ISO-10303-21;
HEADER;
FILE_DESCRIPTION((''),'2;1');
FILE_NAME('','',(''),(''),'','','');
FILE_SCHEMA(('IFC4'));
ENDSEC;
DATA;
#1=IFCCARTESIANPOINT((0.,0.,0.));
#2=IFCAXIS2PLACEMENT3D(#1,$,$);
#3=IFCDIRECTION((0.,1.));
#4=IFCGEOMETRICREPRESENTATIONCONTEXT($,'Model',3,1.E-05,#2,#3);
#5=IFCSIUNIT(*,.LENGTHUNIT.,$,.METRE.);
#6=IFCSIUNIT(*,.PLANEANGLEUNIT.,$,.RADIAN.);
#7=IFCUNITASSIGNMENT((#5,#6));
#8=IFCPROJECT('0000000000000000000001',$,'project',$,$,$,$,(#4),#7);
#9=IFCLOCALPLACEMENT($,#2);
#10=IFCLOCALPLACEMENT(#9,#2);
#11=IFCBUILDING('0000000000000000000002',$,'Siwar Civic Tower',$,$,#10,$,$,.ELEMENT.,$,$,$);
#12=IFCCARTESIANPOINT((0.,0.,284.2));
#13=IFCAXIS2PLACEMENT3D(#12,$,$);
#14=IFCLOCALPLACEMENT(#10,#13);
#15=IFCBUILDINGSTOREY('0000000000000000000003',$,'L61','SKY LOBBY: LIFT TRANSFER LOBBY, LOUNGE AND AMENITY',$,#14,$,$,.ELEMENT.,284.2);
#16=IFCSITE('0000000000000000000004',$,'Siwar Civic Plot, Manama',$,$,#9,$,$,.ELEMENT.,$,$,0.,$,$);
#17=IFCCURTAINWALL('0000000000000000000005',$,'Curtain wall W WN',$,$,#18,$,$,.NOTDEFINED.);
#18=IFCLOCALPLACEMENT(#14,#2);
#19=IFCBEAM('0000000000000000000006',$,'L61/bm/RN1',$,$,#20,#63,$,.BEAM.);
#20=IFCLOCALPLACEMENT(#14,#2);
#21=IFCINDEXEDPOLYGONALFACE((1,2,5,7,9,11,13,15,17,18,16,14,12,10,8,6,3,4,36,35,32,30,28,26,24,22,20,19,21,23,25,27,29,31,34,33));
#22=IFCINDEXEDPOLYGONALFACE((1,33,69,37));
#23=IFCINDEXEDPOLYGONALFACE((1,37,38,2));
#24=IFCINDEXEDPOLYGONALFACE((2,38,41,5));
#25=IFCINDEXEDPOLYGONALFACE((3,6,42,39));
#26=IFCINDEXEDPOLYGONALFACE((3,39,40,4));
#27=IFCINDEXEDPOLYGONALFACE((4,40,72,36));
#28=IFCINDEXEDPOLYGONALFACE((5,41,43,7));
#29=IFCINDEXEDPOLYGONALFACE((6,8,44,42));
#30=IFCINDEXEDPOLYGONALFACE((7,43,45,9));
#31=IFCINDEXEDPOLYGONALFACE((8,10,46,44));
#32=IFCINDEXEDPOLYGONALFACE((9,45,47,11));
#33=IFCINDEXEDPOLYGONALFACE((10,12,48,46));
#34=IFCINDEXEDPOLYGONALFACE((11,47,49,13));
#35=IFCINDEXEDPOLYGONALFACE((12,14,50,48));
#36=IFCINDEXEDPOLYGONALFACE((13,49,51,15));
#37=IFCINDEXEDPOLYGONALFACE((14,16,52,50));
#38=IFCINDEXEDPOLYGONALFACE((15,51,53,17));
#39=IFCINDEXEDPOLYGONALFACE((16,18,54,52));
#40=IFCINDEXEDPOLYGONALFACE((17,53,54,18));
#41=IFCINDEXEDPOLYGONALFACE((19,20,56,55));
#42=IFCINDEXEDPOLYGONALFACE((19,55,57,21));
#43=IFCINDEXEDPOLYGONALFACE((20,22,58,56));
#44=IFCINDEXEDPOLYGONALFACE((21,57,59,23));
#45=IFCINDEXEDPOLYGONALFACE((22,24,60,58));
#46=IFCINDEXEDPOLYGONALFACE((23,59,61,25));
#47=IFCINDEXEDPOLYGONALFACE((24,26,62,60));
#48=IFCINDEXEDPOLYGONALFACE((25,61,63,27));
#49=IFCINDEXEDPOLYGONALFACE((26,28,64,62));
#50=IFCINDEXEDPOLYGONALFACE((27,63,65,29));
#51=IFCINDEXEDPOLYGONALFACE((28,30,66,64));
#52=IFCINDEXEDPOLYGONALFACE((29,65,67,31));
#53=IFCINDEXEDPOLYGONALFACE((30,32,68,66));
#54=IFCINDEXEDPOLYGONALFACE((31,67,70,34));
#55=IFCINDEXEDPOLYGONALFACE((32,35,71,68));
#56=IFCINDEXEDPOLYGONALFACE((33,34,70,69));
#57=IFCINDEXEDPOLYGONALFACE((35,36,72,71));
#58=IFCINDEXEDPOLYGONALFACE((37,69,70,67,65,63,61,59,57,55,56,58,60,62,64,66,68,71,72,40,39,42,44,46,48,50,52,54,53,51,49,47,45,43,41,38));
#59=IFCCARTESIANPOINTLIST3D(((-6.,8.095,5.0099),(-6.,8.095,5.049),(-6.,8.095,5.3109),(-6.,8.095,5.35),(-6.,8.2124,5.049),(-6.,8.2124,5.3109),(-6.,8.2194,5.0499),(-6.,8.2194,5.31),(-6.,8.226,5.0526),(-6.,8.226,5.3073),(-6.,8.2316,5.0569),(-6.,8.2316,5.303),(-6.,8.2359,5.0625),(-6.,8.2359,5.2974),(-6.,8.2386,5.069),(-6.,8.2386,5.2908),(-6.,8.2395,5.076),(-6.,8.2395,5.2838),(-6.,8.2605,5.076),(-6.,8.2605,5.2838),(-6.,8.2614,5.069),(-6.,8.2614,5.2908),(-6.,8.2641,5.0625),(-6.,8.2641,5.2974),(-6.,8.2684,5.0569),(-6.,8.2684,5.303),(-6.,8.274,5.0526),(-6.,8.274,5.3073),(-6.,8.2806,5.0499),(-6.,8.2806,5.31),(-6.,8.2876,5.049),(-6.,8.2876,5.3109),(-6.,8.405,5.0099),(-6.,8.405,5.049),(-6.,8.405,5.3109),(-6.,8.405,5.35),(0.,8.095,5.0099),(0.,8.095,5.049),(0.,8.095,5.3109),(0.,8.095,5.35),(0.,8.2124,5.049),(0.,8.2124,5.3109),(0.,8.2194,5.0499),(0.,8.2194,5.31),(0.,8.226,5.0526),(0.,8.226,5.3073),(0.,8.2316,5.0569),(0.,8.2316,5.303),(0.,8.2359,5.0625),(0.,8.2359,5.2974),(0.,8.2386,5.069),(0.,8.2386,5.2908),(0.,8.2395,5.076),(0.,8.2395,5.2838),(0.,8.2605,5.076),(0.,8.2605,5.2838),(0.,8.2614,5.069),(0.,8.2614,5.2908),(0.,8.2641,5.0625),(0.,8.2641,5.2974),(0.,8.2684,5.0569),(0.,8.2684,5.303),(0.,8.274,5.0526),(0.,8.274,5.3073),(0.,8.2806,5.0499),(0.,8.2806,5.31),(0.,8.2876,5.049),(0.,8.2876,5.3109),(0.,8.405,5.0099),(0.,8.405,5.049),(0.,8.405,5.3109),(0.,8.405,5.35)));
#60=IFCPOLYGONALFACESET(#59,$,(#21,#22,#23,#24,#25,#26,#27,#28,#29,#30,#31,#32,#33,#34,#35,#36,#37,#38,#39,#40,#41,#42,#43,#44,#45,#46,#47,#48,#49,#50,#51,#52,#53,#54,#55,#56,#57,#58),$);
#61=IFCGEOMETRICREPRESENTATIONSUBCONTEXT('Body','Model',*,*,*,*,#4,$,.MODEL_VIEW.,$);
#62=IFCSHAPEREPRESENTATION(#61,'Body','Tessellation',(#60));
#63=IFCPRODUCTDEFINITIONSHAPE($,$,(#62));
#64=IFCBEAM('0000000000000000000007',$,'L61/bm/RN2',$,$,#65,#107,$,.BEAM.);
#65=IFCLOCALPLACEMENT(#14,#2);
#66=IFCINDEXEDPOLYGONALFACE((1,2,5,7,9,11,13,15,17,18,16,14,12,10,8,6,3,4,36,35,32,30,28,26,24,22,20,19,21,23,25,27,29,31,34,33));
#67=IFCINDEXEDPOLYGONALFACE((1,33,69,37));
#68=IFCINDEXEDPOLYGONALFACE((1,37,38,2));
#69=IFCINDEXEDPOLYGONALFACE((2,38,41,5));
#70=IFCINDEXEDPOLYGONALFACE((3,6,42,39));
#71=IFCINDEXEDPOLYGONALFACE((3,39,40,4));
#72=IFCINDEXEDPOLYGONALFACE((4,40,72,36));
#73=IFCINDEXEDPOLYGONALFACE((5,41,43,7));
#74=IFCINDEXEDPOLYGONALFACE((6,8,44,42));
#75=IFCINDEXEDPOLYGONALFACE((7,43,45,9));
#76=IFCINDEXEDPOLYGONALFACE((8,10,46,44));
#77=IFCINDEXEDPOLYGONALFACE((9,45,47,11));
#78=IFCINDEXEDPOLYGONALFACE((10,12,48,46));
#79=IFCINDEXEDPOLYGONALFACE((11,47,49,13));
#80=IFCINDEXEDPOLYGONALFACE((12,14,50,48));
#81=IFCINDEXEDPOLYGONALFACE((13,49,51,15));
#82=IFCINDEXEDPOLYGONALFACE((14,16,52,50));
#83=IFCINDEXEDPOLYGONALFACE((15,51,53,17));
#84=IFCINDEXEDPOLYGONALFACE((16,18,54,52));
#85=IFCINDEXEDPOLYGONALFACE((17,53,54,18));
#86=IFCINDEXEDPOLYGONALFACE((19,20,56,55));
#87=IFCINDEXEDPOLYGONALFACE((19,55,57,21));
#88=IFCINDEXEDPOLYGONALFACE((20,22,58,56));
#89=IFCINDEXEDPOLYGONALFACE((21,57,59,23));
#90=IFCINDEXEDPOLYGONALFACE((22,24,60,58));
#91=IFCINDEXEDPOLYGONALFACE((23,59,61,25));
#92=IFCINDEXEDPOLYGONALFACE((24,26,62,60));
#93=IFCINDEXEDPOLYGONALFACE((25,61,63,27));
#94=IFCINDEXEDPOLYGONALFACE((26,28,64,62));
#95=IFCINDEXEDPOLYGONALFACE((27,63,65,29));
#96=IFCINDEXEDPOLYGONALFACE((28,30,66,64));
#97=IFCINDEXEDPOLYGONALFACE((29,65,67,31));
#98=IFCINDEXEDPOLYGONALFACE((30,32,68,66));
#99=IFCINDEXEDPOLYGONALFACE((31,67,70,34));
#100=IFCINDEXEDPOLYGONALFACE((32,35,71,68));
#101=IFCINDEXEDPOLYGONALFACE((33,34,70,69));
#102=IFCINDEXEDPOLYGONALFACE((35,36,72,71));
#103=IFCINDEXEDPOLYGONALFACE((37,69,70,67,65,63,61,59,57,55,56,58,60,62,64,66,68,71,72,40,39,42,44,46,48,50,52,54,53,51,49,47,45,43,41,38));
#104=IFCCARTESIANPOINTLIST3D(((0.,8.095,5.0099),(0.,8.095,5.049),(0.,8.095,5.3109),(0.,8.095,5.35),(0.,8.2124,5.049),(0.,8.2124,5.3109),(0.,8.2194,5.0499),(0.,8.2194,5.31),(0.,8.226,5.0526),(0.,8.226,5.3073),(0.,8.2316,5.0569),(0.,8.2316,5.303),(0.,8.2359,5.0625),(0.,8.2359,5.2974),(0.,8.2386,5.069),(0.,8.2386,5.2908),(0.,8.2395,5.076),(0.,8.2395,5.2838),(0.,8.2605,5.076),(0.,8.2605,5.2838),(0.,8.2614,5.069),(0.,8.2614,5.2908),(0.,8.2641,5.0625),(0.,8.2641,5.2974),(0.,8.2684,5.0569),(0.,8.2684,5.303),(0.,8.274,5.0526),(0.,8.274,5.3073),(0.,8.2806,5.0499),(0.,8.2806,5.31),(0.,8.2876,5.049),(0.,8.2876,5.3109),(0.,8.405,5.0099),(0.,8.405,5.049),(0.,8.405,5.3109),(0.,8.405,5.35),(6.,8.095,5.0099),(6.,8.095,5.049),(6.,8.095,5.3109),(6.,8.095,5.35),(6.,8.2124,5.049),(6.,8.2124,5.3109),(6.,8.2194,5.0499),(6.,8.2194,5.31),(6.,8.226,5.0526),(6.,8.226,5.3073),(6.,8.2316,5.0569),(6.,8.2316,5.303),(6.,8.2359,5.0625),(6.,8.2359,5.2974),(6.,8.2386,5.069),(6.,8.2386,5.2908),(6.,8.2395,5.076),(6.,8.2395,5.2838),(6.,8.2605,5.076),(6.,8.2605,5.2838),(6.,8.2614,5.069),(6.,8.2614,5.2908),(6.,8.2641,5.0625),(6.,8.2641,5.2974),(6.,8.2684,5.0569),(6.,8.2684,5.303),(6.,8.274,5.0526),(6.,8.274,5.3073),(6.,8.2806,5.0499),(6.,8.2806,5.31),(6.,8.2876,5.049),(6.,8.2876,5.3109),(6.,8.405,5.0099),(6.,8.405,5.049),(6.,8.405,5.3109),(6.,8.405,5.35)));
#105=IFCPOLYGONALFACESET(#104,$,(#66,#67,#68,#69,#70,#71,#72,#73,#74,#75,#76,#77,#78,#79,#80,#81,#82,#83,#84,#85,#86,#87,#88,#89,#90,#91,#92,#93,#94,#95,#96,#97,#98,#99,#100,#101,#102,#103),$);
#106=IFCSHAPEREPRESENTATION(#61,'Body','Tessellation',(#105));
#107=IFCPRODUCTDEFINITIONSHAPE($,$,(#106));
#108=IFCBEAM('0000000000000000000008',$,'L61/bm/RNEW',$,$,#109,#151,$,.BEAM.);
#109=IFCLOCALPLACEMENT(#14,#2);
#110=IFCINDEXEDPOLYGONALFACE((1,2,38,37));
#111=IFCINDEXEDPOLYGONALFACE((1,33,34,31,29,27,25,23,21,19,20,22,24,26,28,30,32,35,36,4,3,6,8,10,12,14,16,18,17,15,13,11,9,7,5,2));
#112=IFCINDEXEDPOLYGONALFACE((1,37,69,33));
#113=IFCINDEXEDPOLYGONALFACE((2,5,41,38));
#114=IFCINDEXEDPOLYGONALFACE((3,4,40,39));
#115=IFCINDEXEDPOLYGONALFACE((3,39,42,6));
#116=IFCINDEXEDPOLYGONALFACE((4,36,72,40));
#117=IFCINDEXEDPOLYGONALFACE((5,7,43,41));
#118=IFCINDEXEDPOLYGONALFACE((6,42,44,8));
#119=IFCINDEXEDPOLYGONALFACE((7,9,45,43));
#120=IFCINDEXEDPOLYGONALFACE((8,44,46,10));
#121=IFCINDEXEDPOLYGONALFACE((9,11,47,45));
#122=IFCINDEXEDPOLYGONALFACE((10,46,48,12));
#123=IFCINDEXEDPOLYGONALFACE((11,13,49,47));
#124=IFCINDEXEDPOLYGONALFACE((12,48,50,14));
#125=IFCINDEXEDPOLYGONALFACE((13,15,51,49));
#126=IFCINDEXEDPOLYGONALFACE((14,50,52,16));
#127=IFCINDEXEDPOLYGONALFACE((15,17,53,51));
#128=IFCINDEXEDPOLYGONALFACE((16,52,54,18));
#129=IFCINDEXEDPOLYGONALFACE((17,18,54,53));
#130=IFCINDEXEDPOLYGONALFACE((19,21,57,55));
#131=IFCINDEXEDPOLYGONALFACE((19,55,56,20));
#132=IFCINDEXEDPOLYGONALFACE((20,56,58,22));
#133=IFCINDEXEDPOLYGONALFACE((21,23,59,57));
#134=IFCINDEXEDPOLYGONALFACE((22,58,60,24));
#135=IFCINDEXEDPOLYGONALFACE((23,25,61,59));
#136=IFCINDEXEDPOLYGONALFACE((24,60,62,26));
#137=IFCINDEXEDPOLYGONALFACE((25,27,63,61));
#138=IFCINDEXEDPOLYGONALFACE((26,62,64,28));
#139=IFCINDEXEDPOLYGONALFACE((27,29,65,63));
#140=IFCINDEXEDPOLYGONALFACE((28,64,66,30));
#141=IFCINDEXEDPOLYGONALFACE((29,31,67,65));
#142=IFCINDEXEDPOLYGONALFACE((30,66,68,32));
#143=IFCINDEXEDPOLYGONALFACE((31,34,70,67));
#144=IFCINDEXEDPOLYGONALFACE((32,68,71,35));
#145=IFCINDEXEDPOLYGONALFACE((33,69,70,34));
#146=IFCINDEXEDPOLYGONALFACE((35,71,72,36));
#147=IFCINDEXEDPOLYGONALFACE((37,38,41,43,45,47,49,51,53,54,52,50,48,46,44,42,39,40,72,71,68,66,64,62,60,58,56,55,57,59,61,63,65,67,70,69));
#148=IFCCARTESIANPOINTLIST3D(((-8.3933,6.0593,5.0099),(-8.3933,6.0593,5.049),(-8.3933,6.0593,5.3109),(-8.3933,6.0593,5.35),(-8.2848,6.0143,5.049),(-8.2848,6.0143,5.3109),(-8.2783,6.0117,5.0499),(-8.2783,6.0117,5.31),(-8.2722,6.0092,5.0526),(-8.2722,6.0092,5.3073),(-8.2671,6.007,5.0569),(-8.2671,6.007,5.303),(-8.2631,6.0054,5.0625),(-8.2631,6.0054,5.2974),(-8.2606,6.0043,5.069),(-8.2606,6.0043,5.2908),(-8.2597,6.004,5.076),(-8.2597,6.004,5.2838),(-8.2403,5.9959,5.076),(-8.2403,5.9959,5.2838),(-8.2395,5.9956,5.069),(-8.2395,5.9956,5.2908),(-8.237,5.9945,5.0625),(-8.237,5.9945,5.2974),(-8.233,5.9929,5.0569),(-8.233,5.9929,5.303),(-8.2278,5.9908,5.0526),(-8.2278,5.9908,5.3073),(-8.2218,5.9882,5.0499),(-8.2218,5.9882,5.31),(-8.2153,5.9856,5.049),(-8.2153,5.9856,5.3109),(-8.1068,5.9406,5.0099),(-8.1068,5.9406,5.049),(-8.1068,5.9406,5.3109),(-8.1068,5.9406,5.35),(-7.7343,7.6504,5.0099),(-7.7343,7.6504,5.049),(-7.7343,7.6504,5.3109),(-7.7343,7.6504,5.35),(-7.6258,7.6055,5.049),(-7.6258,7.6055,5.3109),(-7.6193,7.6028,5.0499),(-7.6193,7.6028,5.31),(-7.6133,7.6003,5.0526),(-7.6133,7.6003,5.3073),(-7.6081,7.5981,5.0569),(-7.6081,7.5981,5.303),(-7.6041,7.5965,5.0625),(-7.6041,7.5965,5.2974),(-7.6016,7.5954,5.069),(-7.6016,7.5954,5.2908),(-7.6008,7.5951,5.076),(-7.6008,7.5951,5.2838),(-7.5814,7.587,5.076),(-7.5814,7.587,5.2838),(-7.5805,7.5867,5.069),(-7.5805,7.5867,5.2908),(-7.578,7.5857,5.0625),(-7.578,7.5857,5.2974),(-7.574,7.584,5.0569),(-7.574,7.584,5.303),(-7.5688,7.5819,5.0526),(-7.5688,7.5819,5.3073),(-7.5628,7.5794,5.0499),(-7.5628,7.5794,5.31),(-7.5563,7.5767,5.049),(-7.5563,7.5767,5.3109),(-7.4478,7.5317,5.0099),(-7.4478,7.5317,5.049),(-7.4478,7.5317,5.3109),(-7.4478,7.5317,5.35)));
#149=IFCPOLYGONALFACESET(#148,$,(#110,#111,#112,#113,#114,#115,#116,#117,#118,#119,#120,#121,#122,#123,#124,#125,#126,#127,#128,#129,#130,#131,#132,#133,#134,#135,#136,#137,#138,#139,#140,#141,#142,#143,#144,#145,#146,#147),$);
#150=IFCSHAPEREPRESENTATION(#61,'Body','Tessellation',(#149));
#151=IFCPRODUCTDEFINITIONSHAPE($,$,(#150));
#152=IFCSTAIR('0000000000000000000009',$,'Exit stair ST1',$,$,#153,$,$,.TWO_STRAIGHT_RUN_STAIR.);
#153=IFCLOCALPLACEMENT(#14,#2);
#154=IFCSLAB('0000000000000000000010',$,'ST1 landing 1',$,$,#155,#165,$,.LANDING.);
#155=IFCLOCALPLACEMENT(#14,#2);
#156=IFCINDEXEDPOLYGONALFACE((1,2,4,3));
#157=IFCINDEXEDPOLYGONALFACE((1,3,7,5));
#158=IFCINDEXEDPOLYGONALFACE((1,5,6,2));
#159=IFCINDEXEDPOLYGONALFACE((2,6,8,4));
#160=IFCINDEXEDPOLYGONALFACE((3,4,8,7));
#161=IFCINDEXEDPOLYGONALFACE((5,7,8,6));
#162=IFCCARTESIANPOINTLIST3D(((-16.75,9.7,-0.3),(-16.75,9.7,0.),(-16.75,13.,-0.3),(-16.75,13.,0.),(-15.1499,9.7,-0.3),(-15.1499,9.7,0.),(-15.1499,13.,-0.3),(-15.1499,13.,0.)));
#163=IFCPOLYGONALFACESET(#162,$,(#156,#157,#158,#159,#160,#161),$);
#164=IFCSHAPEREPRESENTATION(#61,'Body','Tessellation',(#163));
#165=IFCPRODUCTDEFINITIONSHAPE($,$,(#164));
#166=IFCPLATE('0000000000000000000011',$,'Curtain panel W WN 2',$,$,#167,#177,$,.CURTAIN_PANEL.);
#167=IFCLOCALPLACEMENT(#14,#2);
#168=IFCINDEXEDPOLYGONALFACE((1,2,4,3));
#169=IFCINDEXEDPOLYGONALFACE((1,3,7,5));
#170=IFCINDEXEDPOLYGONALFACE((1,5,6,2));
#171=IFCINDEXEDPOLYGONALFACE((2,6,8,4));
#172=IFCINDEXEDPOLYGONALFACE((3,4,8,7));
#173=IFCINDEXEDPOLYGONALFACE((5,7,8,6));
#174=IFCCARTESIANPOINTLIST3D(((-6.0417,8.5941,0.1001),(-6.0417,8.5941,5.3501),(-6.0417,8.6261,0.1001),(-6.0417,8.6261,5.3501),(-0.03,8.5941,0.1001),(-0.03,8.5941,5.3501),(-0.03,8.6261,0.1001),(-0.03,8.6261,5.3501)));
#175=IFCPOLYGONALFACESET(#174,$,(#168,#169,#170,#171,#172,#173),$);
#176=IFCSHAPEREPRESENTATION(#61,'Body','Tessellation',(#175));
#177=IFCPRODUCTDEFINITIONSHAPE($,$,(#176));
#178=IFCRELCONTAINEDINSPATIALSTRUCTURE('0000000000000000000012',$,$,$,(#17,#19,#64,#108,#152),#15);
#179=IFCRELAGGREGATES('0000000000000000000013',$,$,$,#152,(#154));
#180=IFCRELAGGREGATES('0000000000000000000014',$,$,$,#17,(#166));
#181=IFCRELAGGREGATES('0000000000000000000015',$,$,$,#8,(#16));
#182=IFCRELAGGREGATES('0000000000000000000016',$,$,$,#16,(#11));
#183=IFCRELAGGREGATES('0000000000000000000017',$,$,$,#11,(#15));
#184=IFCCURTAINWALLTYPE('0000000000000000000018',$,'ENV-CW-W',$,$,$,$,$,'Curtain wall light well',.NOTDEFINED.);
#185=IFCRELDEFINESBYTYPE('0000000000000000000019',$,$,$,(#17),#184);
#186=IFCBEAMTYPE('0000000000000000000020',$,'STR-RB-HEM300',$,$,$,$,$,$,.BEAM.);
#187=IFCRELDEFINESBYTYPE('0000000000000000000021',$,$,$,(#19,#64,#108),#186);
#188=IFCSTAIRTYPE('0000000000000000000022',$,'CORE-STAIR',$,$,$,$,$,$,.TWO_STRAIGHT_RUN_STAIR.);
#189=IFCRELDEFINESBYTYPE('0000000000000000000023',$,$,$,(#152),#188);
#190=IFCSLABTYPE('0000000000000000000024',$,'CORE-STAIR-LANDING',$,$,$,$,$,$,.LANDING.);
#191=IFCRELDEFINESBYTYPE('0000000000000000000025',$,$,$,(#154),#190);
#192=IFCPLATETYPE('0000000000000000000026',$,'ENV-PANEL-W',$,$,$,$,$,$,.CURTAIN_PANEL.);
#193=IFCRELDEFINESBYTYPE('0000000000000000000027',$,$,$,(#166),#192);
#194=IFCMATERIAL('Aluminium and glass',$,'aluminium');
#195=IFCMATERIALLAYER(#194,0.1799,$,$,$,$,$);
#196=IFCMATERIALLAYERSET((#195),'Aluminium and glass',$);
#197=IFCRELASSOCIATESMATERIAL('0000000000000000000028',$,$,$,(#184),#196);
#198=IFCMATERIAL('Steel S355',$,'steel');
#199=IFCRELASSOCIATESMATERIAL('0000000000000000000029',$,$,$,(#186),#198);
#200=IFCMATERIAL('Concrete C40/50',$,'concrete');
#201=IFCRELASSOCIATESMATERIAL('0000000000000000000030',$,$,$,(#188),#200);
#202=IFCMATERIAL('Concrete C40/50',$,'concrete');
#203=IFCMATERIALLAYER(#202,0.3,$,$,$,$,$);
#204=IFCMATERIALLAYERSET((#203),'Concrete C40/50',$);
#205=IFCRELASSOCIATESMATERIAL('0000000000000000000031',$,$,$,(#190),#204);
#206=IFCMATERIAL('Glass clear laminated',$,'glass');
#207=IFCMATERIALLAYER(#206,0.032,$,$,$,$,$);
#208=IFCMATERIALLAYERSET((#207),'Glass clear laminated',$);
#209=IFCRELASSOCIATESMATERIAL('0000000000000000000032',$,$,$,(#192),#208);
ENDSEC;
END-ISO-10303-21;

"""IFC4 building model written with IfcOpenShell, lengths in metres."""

from ifc_helpers import new_model, si_unit, direction, frame, origin, origin_2d, place, context, subcontext, project, spatial, polyline, rectangle, i_section, outline, extrude, material, layer, layer_set, material_profile, profile_set, type_object, element, aggregate, save


model = new_model("IFC4")

# Units and contexts
model_context = context("Model", 3, precision=1e-05, world=origin(), true_north=direction((0.0, 1.0)))
body_context = subcontext(model_context, "Body", "Model", "MODEL_VIEW")
ifc_project = project(units=[si_unit("LENGTHUNIT", "METRE"), si_unit("PLANEANGLEUNIT", "RADIAN")], contexts=[model_context])

# Site, building, storey
site_placement = place(None, origin())
site = spatial("IfcSite", under=ifc_project, at=site_placement, Name="Siwar Civic Plot, Manama", CompositionType="ELEMENT", RefElevation=0.0)
building_placement = place(site_placement, origin())
building = spatial("IfcBuilding", under=site, at=building_placement, Name="Siwar Civic Tower", CompositionType="ELEMENT")
storey_placement = place(building_placement, frame((0.0, 0.0, 284.2)))
storey = spatial("IfcBuildingStorey", under=building, at=storey_placement, Name="L61", Description="SKY LOBBY: LIFT TRANSFER LOBBY, LOUNGE AND AMENITY", CompositionType="ELEMENT", Elevation=284.2)

# Curtain wall
ifc_material_1 = material(Name="Aluminium and glass", Category="aluminium")
ifc_layer_1 = layer(ifc_material_1, 0.1799)
ifc_layer_set_1 = layer_set([ifc_layer_1], Name="Aluminium and glass")
curtain_wall_type = type_object("IfcCurtainWallType", Name="ENV-CW-W", ElementType="Curtain wall light well", PredefinedType="NOTDEFINED", material=ifc_layer_set_1)
curtain_wall_placement = place(storey_placement, origin())
curtain_wall = element("IfcCurtainWall", 1, at=curtain_wall_placement, inside=storey, type_object=curtain_wall_type, Name="Curtain wall W WN", PredefinedType="NOTDEFINED")

# Beams
ifc_material_2 = material(Name="Steel S355", Category="steel")
ifc_material_profile_1 = material_profile(ifc_material_2, i_section(OverallWidth=0.3101, OverallDepth=0.3401, WebThickness=0.021, FlangeThickness=0.0391, FilletRadius=0.0271, at=origin_2d()), Name="HEM300")
ifc_profile_set_1 = profile_set([ifc_material_profile_1], Name="Steel S355")
beam_type_1 = type_object("IfcBeamType", Name="STR-RB-HEM300", PredefinedType="BEAM", material=ifc_profile_set_1)
for number, where, z_axis, x_axis, name in (
    (2, (-6.0, 8.25, 5.1799), (1.0, 0.0, 0.0), (0.0, 1.0, 0.0), "L61/bm/RN1"),
    (3, (0.0, 8.25, 5.1799), (1.0, 0.0, 0.0), (0.0, 1.0, 0.0), "L61/bm/RN2"),
):
    element("IfcBeam", number, at=place(storey_placement, frame(where, z_axis=z_axis, x_axis=x_axis)), inside=storey, type_object=beam_type_1, Name=name, PredefinedType="BEAM", context=body_context, shape_type="SweptSolid", body=[
        extrude(i_section(OverallWidth=0.3101, OverallDepth=0.3401, WebThickness=0.021, FlangeThickness=0.0391, FilletRadius=0.0271, at=origin_2d()), origin(), (0.0, 0.0, 1.0), 6.0),
    ])
beam_1_placement = place(storey_placement, frame((-7.5911, 7.5911, 5.1799), z_axis=(-0.382631, -0.923901, 0.0), x_axis=(0.923901, -0.382631, 0.0)))
element("IfcBeam", 4, at=beam_1_placement, inside=storey, type_object=beam_type_1, Name="L61/bm/RNEW", PredefinedType="BEAM", context=body_context, shape_type="SweptSolid", body=[
    extrude(i_section(OverallWidth=0.3101, OverallDepth=0.3401, WebThickness=0.021, FlangeThickness=0.0391, FilletRadius=0.0271, at=origin_2d()), origin(), (0.0, 0.0, 1.0), 1.7222),
])

# Stair, slab
ifc_material_3 = material(Name="Concrete C40/50", Category="concrete")
stair_type = type_object("IfcStairType", Name="CORE-STAIR", PredefinedType="TWO_STRAIGHT_RUN_STAIR", material=ifc_material_3)
stair_placement = place(storey_placement, origin())
stair = element("IfcStair", 5, at=stair_placement, inside=storey, type_object=stair_type, Name="Exit stair ST1", PredefinedType="TWO_STRAIGHT_RUN_STAIR")
ifc_material_4 = material(Name="Concrete C40/50", Category="concrete")
ifc_layer_2 = layer(ifc_material_4, 0.3)
ifc_layer_set_2 = layer_set([ifc_layer_2], Name="Concrete C40/50")
slab_type_1 = type_object("IfcSlabType", Name="CORE-STAIR-LANDING", PredefinedType="LANDING", material=ifc_layer_set_2)
slab_1_placement = place(storey_placement, frame((0.0, 0.0, -0.3)))
slab_1 = element("IfcSlab", 6, at=slab_1_placement, type_object=slab_type_1, Name="ST1 landing 1", PredefinedType="LANDING", context=body_context, shape_type="SweptSolid", body=[
    extrude(outline(polyline([(-15.1499, 13.0), (-16.75, 13.0), (-16.75, 9.7), (-15.1499, 9.7), (-15.1499, 13.0)])), origin(), (0.0, 0.0, 1.0), 0.3),
])
aggregate(stair, [slab_1])

# Plate
ifc_material_5 = material(Name="Glass clear laminated", Category="glass")
ifc_layer_3 = layer(ifc_material_5, 0.032)
ifc_layer_set_3 = layer_set([ifc_layer_3], Name="Glass clear laminated")
plate_type = type_object("IfcPlateType", Name="ENV-PANEL-W", PredefinedType="CURTAIN_PANEL", material=ifc_layer_set_3)
plate_placement = place(storey_placement, frame((-3.0359, 8.6101, 0.1001), z_axis=(0.0, 0.0, 1.0), x_axis=(-1.0, 0.0, 0.0)))
plate = element("IfcPlate", 7, at=plate_placement, type_object=plate_type, Name="Curtain panel W WN 2", PredefinedType="CURTAIN_PANEL", context=body_context, shape_type="SweptSolid", body=[
    extrude(rectangle(XDim=6.0117, YDim=0.032, at=origin_2d()), origin(), (0.0, 0.0, 1.0), 5.25),
])
aggregate(curtain_wall, [plate])

save(model, "model.ifc")
